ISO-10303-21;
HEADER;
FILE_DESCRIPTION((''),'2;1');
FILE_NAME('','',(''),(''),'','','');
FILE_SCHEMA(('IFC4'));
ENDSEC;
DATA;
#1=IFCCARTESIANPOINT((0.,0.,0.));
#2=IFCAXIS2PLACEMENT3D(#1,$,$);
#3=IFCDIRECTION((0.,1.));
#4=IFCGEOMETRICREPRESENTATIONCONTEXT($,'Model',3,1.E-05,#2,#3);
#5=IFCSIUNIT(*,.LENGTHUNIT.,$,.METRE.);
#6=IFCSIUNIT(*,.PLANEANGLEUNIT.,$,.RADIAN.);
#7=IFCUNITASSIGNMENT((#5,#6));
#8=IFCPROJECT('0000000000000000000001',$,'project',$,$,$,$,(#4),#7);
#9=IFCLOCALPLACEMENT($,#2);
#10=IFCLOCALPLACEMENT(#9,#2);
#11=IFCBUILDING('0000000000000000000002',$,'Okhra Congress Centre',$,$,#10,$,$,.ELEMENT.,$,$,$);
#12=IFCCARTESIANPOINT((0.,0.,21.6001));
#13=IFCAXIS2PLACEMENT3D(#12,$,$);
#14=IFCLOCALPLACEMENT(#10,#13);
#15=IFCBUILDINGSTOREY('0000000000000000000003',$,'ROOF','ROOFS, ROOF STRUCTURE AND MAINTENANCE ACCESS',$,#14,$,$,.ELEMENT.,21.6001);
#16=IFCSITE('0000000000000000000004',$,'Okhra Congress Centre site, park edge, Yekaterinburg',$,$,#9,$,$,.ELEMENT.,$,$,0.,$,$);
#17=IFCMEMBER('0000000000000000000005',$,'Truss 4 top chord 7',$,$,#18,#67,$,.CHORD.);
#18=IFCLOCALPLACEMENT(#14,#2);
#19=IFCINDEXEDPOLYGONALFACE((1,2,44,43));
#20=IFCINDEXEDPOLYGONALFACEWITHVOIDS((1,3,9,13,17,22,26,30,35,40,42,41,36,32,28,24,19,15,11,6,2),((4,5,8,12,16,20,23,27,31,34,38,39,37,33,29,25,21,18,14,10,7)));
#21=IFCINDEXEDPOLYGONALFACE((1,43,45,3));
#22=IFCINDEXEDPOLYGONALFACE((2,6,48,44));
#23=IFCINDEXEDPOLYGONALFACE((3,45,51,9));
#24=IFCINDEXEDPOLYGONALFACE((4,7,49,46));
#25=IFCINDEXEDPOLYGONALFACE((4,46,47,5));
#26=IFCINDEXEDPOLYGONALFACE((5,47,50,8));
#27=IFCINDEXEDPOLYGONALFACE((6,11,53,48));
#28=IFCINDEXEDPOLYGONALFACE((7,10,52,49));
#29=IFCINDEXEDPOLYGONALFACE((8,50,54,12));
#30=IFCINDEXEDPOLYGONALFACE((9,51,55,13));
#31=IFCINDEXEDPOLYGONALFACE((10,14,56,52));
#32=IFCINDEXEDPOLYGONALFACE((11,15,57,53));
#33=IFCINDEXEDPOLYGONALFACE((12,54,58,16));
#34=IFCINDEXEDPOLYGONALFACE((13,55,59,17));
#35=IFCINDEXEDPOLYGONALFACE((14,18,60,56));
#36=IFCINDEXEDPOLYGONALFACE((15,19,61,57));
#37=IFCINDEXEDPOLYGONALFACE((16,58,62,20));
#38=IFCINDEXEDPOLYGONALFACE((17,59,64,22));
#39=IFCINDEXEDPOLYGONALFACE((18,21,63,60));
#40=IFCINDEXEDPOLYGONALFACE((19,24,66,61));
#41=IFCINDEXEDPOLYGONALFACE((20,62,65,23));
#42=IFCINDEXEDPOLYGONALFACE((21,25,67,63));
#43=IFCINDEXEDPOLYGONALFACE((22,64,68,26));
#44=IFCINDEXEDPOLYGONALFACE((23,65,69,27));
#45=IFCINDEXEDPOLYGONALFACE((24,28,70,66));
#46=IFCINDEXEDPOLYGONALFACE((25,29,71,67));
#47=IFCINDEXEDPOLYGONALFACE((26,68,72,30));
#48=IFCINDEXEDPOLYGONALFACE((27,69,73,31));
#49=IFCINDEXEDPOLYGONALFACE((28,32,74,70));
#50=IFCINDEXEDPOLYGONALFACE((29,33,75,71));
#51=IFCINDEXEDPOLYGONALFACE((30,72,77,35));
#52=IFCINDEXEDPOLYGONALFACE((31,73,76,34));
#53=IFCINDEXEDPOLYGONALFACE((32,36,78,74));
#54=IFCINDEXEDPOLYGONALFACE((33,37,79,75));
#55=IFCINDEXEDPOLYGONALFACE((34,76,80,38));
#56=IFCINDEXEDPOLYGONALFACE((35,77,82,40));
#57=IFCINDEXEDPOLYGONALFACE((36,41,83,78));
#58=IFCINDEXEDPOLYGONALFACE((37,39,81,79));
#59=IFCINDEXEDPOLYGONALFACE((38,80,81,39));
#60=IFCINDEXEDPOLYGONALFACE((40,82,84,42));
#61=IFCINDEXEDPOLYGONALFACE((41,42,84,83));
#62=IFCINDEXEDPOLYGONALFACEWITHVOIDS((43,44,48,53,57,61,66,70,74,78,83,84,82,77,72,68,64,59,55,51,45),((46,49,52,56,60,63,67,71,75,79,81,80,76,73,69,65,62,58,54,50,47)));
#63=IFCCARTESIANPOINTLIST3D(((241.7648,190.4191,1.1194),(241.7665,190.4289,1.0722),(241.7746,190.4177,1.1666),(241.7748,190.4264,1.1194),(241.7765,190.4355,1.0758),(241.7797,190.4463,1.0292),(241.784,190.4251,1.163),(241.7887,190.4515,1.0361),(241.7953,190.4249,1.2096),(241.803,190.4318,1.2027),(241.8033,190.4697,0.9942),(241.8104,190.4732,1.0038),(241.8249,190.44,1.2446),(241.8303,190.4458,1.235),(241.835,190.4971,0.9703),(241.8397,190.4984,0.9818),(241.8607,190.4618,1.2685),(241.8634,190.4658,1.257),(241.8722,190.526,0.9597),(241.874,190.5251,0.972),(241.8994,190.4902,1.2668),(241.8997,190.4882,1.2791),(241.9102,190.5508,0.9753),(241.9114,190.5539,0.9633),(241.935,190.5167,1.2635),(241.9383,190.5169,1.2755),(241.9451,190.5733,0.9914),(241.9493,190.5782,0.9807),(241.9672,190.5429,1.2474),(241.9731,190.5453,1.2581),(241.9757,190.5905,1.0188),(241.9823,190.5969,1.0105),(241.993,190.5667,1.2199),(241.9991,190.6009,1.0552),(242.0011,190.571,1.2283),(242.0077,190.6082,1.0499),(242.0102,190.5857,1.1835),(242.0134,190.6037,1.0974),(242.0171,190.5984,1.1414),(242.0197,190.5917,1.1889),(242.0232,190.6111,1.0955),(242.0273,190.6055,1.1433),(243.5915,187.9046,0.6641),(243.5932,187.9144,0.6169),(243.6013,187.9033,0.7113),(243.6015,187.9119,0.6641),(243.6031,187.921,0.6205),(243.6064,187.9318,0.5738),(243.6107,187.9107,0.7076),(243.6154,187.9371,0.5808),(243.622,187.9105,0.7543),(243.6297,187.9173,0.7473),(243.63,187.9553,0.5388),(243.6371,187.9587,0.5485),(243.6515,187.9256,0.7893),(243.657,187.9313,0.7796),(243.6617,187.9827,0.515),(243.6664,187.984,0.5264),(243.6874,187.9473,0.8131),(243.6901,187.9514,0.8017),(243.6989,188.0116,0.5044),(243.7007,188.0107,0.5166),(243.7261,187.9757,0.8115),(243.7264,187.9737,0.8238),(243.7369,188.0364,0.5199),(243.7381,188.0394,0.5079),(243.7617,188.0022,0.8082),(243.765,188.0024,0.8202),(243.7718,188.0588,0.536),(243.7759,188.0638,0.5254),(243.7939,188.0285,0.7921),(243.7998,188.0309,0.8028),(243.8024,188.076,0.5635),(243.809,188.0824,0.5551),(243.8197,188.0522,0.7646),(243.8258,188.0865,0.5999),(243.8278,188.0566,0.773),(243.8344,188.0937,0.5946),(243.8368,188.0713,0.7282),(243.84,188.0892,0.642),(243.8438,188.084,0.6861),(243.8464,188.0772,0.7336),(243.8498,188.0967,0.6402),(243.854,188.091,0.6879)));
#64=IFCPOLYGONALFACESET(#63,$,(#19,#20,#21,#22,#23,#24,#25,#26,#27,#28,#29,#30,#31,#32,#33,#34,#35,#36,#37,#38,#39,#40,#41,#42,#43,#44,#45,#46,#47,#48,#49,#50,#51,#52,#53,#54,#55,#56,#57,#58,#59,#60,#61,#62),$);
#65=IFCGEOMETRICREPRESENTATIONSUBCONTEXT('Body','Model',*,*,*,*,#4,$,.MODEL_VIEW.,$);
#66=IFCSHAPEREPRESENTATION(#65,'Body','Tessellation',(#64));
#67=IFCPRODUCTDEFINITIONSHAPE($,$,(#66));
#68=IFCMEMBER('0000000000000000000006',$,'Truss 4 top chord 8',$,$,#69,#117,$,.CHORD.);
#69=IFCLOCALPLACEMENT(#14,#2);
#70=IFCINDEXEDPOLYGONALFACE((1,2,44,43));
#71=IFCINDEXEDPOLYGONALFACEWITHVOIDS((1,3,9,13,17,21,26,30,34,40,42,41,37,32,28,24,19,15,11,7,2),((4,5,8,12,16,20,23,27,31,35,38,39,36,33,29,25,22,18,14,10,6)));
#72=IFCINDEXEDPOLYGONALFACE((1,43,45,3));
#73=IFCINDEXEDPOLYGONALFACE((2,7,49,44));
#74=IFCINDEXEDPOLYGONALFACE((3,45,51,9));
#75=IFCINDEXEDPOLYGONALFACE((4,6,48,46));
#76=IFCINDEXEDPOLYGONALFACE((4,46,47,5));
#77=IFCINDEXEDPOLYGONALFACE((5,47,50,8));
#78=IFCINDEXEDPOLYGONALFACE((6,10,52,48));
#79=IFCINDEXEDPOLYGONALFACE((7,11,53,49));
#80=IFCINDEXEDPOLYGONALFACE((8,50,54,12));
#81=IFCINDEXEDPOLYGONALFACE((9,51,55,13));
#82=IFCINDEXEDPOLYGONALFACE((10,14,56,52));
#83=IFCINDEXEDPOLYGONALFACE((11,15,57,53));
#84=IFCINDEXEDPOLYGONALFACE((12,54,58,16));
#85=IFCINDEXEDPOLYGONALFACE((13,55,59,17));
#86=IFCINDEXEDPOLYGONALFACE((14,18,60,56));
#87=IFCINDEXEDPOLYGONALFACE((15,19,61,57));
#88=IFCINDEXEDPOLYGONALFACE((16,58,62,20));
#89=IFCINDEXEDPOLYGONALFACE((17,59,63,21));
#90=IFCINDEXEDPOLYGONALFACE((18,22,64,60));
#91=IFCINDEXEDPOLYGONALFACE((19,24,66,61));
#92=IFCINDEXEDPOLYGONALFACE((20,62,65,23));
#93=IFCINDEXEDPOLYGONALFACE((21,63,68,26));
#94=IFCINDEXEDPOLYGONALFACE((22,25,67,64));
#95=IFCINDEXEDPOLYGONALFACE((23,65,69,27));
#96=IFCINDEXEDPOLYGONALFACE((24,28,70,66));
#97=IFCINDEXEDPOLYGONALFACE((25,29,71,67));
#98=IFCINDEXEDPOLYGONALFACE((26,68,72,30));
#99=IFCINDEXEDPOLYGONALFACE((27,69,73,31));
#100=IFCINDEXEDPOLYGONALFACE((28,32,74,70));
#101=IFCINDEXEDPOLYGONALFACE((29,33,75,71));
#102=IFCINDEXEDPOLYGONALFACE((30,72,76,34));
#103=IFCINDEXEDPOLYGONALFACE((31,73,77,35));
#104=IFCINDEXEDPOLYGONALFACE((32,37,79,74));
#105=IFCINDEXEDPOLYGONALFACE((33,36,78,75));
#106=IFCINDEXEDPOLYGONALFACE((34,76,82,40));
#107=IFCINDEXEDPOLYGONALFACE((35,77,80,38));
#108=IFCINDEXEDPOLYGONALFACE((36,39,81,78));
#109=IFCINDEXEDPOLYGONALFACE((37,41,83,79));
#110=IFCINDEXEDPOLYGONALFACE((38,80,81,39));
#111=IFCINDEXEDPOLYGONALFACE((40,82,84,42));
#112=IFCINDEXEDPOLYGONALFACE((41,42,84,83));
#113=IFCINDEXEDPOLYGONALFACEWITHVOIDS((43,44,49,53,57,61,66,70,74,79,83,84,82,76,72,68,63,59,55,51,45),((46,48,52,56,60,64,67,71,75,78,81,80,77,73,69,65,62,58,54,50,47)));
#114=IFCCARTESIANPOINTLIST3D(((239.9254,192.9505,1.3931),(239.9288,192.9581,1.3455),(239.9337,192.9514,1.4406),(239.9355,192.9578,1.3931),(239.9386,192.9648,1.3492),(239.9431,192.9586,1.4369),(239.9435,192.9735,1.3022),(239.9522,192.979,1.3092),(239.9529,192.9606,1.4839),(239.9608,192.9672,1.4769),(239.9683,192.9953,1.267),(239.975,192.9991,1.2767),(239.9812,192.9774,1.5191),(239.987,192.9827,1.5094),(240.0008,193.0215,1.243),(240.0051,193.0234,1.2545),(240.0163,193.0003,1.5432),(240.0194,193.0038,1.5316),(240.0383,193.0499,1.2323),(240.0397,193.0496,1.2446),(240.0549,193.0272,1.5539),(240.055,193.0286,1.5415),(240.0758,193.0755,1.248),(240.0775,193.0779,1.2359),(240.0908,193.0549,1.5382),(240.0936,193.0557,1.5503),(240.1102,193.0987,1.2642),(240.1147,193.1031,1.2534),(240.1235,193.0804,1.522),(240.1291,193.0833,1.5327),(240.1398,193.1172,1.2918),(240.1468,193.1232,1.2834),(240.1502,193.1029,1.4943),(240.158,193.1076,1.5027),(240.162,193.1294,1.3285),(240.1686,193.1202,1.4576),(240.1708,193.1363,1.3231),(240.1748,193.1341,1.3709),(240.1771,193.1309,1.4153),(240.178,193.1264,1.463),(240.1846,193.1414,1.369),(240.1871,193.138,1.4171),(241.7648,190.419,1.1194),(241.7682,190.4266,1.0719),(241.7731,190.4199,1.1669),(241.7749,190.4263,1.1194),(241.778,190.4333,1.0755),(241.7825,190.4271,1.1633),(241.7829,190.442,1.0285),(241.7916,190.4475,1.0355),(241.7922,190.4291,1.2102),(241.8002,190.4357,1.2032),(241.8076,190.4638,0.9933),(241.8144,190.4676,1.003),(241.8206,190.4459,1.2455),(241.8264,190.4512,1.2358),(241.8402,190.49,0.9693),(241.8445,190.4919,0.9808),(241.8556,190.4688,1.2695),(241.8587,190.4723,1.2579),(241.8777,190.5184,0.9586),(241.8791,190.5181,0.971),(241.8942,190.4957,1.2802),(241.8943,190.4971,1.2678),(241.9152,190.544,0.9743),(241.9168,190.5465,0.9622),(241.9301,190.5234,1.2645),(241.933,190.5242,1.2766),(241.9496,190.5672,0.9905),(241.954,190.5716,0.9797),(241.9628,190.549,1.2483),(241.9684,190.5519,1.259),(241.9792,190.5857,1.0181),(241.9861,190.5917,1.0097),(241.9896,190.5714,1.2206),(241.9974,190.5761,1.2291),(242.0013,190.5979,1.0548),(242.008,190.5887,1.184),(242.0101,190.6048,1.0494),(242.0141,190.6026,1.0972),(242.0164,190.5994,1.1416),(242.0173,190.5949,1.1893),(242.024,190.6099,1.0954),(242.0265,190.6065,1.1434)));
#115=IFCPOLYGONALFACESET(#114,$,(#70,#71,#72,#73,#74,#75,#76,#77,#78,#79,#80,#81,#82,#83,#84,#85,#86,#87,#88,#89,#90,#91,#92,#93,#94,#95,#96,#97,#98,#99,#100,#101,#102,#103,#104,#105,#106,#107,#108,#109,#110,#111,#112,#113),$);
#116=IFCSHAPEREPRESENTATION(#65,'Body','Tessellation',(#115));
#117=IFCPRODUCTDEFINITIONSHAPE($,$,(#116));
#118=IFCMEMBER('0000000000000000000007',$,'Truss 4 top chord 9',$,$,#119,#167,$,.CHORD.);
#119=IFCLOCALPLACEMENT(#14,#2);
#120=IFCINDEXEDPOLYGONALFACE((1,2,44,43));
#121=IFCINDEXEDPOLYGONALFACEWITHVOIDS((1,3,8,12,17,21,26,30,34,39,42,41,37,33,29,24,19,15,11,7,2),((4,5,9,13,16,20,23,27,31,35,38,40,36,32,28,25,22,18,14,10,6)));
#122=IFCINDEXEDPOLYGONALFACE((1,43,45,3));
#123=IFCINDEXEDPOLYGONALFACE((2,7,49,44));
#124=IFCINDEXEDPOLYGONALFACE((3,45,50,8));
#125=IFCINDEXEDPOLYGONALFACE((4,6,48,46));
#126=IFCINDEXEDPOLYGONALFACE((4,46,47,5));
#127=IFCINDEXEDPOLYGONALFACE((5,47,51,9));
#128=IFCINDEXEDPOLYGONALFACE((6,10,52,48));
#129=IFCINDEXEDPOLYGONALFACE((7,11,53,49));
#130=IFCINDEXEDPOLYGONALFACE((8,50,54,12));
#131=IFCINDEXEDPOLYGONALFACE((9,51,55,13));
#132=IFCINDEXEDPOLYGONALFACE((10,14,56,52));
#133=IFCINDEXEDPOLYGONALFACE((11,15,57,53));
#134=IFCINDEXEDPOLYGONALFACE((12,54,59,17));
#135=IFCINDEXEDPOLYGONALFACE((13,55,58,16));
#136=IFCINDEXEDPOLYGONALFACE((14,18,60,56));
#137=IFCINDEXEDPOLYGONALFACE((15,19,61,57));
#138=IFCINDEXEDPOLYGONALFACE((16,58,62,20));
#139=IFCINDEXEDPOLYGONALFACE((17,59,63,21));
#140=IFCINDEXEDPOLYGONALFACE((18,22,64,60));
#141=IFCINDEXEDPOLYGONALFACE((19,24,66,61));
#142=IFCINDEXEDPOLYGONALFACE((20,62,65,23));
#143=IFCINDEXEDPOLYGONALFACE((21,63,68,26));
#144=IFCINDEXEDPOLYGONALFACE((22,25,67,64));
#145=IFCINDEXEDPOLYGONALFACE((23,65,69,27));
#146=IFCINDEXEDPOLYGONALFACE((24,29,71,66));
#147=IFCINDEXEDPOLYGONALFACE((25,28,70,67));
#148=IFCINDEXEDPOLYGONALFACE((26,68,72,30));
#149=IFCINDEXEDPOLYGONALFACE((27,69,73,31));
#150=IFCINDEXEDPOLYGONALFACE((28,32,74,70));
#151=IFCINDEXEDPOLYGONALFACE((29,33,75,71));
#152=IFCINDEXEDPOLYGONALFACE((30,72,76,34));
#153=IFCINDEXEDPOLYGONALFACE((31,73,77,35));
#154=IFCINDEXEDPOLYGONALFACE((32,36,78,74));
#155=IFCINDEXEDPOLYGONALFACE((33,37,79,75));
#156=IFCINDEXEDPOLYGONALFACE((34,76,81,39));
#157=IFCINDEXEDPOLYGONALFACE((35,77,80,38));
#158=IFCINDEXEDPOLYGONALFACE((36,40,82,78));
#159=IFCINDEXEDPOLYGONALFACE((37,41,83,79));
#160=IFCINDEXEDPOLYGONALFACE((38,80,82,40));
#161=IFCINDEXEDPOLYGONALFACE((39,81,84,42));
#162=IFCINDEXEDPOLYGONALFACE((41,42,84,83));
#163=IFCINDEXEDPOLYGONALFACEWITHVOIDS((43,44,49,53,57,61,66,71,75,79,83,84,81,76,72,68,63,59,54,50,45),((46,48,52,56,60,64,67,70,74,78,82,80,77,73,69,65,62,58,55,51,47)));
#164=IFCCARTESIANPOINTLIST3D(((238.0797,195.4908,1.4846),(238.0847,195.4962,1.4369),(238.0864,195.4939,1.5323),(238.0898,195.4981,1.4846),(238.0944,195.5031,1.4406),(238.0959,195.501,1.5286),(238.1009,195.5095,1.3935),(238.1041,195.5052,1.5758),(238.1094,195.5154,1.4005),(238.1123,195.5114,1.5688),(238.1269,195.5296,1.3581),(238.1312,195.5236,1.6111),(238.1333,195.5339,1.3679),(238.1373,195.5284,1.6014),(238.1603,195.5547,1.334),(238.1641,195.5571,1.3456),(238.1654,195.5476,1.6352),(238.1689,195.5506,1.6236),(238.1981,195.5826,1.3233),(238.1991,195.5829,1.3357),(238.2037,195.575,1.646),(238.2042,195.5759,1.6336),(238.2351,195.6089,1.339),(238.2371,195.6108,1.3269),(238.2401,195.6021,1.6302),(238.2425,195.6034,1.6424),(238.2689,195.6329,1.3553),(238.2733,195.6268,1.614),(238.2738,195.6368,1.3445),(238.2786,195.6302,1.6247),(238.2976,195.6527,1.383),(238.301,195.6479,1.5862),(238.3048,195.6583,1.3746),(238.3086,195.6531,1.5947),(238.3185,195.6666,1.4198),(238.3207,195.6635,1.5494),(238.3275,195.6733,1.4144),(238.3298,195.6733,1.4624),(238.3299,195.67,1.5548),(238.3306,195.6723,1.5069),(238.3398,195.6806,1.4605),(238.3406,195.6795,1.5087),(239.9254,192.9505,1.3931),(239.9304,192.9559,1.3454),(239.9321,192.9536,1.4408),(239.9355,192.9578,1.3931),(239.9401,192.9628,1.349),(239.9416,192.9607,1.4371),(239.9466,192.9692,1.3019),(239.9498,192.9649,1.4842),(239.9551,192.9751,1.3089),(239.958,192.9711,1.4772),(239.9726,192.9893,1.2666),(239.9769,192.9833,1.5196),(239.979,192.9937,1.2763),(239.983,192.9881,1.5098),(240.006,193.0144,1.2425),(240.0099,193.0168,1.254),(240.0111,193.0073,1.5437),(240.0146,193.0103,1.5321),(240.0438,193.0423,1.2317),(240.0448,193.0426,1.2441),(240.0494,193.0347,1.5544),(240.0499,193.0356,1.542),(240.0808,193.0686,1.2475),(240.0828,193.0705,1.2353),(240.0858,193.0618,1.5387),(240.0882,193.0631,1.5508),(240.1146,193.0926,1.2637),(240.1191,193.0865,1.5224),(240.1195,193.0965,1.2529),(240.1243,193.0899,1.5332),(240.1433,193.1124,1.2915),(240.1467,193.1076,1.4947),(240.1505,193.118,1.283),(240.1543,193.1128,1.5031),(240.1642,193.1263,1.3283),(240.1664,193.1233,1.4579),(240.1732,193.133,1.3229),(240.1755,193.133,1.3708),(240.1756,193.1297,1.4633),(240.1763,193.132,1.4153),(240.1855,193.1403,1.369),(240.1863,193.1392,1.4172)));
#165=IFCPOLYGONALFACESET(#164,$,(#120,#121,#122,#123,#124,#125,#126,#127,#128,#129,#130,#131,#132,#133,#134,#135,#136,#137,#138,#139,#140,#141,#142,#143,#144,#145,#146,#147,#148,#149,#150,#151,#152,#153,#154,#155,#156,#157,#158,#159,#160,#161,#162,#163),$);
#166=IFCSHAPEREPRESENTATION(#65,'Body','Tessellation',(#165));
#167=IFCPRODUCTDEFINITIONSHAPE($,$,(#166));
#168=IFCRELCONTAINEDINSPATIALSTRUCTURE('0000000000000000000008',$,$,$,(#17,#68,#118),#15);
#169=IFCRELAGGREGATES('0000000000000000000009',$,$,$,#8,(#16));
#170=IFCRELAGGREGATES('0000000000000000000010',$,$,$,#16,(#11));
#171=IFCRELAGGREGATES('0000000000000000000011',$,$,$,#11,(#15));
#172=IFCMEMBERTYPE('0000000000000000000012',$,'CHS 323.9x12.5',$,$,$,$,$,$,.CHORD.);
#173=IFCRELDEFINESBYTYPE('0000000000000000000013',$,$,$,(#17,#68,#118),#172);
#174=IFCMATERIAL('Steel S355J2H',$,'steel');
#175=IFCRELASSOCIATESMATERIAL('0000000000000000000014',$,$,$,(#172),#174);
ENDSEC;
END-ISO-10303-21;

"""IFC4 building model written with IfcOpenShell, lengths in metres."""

from ifc_helpers import new_model, si_unit, direction, frame, origin, origin_2d, place, context, subcontext, project, spatial, hollow_circle, extrude, material, material_profile, profile_set, type_object, element, save


model = new_model("IFC4")

# Units and contexts
model_context = context("Model", 3, precision=1e-05, world=origin(), true_north=direction((0.0, 1.0)))
body_context = subcontext(model_context, "Body", "Model", "MODEL_VIEW")
ifc_project = project(units=[si_unit("LENGTHUNIT", "METRE"), si_unit("PLANEANGLEUNIT", "RADIAN")], contexts=[model_context])

# Site, building, storey
site_placement = place(None, origin())
site = spatial("IfcSite", under=ifc_project, at=site_placement, Name="Okhra Congress Centre site, park edge, Yekaterinburg", CompositionType="ELEMENT", RefElevation=0.0)
building_placement = place(site_placement, origin())
building = spatial("IfcBuilding", under=site, at=building_placement, Name="Okhra Congress Centre", CompositionType="ELEMENT")
storey_placement = place(building_placement, frame((0.0, 0.0, 21.6001)))
storey = spatial("IfcBuildingStorey", under=building, at=storey_placement, Name="ROOF", Description="ROOFS, ROOF STRUCTURE AND MAINTENANCE ACCESS", CompositionType="ELEMENT", Elevation=21.6001)

# Members
ifc_material_1 = material(Name="Steel S355J2H", Category="steel")
ifc_material_profile_1 = material_profile(ifc_material_1, hollow_circle(Radius=0.1619, WallThickness=0.0125, at=origin_2d()), Name="CHS 323.9x12.5")
ifc_profile_set_1 = profile_set([ifc_material_profile_1], Name="Steel S355J2H")
member_type_1 = type_object("IfcMemberType", Name="CHS 323.9x12.5", PredefinedType="CHORD", material=ifc_profile_set_1)
for number, where, z_axis, x_axis, name in (
    (1, (243.7224, 187.9998, 0.6641), (-0.581543, 0.800496, 0.144958), (-0.809042, -0.587751, 0.0), "Truss 4 top chord 7"),
    (2, (241.8958, 190.5142, 1.1194), (-0.585574, 0.805923, 0.087129), (-0.808999, -0.58781, 0.0), "Truss 4 top chord 8"),
):
    element("IfcMember", number, at=place(storey_placement, frame(where, z_axis=z_axis, x_axis=x_axis)), inside=storey, type_object=member_type_1, Name=name, PredefinedType="CHORD", context=body_context, shape_type="SweptSolid", body=[
        extrude(hollow_circle(Radius=0.1619, WallThickness=0.0125, at=origin_2d()), origin(), (0.0, 0.0, 1.0), 3.1411),
    ])
member_1_placement = place(storey_placement, frame((240.0564, 193.0457, 1.3931), z_axis=(-0.587552, 0.808661, 0.029144), x_axis=(-0.809005, -0.587802, 0.0)))
element("IfcMember", 3, at=member_1_placement, inside=storey, type_object=member_type_1, Name="Truss 4 top chord 9", PredefinedType="CHORD", context=body_context, shape_type="SweptSolid", body=[
    extrude(hollow_circle(Radius=0.1619, WallThickness=0.0125, at=origin_2d()), origin(), (0.0, 0.0, 1.0), 3.1414),
])

save(model, "model.ifc")
